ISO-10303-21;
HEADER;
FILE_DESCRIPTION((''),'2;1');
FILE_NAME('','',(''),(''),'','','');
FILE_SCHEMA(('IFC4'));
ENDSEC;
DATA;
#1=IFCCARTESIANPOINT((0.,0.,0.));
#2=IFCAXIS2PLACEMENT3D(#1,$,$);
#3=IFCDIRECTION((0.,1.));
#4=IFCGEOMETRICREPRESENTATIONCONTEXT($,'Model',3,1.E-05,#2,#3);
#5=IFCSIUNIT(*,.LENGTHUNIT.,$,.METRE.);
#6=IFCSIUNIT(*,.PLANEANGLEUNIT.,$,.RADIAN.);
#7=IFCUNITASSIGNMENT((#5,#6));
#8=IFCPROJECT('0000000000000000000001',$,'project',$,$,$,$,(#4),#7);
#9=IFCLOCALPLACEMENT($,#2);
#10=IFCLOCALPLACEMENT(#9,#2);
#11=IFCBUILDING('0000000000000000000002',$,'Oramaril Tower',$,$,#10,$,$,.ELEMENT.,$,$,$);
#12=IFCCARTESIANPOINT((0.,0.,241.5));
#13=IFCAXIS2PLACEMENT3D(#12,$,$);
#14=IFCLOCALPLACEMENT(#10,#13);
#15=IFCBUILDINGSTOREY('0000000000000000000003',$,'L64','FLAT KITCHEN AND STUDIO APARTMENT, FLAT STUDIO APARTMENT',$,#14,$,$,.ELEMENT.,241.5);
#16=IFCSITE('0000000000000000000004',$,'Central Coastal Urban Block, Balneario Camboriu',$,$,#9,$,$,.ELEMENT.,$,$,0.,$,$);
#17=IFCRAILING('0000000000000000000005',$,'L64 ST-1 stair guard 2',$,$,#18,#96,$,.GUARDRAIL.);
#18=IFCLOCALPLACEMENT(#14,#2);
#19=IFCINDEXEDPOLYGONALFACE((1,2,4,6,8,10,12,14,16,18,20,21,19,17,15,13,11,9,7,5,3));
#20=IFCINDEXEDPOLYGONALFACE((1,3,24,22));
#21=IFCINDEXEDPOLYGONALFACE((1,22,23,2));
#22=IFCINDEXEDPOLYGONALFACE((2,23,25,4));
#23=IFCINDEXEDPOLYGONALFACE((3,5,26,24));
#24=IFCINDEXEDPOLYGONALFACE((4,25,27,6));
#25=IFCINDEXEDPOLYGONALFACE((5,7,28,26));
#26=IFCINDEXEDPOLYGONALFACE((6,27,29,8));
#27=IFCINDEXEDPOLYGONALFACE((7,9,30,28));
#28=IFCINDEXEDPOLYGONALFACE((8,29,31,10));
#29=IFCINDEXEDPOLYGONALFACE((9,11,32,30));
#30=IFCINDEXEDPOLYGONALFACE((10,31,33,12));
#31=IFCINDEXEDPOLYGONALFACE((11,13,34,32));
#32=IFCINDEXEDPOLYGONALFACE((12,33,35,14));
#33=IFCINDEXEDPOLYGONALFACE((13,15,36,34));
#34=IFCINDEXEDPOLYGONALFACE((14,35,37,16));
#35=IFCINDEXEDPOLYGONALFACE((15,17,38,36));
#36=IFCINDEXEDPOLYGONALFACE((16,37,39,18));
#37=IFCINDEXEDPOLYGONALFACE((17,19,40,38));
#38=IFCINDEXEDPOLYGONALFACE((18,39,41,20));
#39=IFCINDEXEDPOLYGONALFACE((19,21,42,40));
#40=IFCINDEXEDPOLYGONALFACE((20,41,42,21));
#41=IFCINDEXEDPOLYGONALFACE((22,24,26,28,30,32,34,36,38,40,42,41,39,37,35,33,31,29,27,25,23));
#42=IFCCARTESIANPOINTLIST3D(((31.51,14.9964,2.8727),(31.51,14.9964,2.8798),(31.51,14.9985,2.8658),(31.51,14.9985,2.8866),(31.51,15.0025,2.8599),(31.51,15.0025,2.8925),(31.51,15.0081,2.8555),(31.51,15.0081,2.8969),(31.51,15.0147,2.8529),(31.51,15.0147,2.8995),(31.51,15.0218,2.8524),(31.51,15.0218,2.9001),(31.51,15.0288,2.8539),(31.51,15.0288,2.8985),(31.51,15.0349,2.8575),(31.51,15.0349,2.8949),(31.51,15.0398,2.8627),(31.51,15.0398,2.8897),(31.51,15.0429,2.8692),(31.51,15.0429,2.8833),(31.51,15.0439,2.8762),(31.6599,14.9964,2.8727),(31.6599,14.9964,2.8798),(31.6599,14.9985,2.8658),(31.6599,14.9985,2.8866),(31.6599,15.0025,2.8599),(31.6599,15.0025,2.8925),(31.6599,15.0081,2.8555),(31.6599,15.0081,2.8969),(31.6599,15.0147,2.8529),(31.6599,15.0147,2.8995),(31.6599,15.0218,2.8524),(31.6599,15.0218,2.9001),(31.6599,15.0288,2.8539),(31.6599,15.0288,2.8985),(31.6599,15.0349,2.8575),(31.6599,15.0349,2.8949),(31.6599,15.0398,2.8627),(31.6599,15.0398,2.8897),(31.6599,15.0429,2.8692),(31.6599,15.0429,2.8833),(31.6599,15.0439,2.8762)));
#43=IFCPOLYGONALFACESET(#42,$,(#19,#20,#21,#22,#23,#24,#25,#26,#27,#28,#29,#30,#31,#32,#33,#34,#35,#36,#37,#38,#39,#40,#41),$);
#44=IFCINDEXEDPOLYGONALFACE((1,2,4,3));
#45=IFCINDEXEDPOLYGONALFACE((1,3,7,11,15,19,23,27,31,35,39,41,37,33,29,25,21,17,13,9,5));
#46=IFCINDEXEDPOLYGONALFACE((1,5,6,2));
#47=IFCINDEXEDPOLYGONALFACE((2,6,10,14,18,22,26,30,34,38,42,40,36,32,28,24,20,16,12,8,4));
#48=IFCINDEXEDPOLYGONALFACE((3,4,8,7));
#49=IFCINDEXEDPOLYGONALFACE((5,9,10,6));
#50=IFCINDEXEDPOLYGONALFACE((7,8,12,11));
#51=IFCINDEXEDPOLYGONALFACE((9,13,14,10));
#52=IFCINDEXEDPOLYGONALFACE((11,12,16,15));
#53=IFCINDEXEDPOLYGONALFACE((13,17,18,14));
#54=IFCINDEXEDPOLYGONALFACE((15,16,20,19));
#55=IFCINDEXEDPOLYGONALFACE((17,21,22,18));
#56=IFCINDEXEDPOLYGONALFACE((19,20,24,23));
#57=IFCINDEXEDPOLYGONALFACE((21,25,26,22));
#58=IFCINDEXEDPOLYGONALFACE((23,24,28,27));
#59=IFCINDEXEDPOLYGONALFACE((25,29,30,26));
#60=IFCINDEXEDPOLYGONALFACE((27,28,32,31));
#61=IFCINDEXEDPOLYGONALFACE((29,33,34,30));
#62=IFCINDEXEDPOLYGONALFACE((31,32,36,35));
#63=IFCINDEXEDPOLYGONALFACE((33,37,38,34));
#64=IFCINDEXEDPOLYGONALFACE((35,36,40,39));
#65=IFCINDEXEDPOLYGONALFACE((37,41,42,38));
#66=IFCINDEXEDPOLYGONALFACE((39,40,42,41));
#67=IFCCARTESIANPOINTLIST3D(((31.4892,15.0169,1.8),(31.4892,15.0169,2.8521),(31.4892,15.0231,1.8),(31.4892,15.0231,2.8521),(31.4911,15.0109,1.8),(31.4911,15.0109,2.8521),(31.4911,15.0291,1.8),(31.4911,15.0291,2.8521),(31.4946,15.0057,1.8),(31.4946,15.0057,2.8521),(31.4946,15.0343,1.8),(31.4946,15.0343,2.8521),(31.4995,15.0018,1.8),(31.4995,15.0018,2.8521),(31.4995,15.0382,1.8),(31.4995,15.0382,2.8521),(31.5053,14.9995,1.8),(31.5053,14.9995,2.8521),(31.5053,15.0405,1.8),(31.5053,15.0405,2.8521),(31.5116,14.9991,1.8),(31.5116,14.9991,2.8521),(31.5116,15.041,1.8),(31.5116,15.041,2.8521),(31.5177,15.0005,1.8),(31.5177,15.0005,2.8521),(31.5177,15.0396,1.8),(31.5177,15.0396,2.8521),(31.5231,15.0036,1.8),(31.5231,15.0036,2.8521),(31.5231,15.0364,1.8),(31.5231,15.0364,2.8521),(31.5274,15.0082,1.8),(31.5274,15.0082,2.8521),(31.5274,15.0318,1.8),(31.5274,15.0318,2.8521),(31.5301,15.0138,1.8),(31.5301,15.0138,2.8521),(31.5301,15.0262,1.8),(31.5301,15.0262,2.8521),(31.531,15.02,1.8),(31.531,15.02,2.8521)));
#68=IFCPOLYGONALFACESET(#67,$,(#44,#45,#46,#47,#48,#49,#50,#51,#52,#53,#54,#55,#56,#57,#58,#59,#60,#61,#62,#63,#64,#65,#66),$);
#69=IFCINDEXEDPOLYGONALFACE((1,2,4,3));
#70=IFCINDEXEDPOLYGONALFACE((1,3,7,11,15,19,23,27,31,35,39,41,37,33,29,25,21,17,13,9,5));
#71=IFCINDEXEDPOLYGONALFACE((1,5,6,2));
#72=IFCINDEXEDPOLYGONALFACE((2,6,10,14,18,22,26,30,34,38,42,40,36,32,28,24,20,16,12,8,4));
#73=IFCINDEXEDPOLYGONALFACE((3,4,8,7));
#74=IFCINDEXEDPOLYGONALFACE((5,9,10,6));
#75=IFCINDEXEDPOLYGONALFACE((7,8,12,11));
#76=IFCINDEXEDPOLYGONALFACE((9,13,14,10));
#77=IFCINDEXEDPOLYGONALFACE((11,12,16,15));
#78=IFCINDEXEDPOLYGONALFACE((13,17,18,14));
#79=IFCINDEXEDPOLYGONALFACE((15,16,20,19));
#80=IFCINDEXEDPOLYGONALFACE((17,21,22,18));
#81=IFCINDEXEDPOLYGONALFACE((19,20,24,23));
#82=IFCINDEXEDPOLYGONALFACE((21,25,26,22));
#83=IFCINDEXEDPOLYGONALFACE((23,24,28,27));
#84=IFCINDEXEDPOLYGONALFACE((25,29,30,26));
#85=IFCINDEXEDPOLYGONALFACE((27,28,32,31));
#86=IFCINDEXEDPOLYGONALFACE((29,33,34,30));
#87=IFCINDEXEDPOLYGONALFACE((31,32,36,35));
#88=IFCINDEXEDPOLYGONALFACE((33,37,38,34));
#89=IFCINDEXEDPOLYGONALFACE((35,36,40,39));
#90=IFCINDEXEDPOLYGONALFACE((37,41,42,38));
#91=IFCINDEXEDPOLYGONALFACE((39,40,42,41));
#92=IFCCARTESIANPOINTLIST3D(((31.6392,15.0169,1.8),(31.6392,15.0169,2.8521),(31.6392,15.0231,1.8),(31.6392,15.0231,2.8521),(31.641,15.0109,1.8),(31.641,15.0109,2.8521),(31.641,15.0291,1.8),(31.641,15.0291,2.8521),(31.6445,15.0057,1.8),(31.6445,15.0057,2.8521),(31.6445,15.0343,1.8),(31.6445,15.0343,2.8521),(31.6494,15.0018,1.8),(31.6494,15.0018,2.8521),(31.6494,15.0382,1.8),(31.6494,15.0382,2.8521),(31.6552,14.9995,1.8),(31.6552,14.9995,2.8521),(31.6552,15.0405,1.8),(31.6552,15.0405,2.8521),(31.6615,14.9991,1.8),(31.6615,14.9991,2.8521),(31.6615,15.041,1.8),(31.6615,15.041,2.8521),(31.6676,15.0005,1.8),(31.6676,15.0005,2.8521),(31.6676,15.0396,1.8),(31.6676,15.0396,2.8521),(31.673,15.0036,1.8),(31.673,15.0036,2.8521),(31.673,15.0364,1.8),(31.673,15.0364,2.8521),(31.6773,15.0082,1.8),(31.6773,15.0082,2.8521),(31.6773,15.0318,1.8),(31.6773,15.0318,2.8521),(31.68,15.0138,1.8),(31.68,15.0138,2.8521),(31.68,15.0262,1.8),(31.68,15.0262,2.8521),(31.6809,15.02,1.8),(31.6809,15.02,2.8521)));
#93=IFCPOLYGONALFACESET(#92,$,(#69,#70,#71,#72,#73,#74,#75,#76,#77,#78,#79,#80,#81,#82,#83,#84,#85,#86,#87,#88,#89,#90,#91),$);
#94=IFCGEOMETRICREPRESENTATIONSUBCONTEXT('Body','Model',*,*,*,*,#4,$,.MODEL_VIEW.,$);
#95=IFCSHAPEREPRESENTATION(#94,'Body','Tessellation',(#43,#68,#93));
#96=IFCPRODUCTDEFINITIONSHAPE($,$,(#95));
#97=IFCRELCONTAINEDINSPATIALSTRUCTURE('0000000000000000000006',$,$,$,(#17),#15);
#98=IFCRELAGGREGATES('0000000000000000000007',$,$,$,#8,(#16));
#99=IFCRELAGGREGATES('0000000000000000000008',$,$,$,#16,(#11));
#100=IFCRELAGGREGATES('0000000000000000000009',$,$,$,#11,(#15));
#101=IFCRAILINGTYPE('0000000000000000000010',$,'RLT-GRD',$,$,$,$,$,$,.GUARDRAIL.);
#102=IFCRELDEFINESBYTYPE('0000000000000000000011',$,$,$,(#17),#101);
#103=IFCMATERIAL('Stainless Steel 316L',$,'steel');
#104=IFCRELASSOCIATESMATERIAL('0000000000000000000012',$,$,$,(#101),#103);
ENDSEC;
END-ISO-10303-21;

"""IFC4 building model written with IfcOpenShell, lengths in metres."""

from ifc_helpers import new_model, si_unit, direction, frame, origin, origin_2d, place, context, subcontext, project, spatial, circle, extrude, material, type_object, element, save


model = new_model("IFC4")

# Units and contexts
model_context = context("Model", 3, precision=1e-05, world=origin(), true_north=direction((0.0, 1.0)))
body_context = subcontext(model_context, "Body", "Model", "MODEL_VIEW")
ifc_project = project(units=[si_unit("LENGTHUNIT", "METRE"), si_unit("PLANEANGLEUNIT", "RADIAN")], contexts=[model_context])

# Site, building, storey
site_placement = place(None, origin())
site = spatial("IfcSite", under=ifc_project, at=site_placement, Name="Central Coastal Urban Block, Balneario Camboriu", CompositionType="ELEMENT", RefElevation=0.0)
building_placement = place(site_placement, origin())
building = spatial("IfcBuilding", under=site, at=building_placement, Name="Oramaril Tower", CompositionType="ELEMENT")
storey_placement = place(building_placement, frame((0.0, 0.0, 241.5)))
storey = spatial("IfcBuildingStorey", under=building, at=storey_placement, Name="L64", Description="FLAT KITCHEN AND STUDIO APARTMENT, FLAT STUDIO APARTMENT", CompositionType="ELEMENT", Elevation=241.5)

# Railing
ifc_material_1 = material(Name="Stainless Steel 316L", Category="steel")
railing_type_1 = type_object("IfcRailingType", Name="RLT-GRD", PredefinedType="GUARDRAIL", material=ifc_material_1)
railing_1_placement = place(storey_placement, frame((31.51, 15.02, 1.8)))
element("IfcRailing", 1, at=railing_1_placement, inside=storey, type_object=railing_type_1, Name="L64 ST-1 stair guard 2", PredefinedType="GUARDRAIL", context=body_context, shape_type="SweptSolid", body=[
    extrude(circle(Radius=0.0239, at=origin_2d()), frame((0.0, 0.0, 1.0762), z_axis=(1.0, 0.0, 0.0), x_axis=(0.0, 1.0, 0.0)), (0.0, 0.0, 1.0), 0.1499),
    extrude(circle(Radius=0.021, at=origin_2d()), origin(), (0.0, 0.0, 1.0), 1.052),
    extrude(circle(Radius=0.021, at=origin_2d()), frame((0.1499, 0.0, 0.0)), (0.0, 0.0, 1.0), 1.052),
])

save(model, "model.ifc")
